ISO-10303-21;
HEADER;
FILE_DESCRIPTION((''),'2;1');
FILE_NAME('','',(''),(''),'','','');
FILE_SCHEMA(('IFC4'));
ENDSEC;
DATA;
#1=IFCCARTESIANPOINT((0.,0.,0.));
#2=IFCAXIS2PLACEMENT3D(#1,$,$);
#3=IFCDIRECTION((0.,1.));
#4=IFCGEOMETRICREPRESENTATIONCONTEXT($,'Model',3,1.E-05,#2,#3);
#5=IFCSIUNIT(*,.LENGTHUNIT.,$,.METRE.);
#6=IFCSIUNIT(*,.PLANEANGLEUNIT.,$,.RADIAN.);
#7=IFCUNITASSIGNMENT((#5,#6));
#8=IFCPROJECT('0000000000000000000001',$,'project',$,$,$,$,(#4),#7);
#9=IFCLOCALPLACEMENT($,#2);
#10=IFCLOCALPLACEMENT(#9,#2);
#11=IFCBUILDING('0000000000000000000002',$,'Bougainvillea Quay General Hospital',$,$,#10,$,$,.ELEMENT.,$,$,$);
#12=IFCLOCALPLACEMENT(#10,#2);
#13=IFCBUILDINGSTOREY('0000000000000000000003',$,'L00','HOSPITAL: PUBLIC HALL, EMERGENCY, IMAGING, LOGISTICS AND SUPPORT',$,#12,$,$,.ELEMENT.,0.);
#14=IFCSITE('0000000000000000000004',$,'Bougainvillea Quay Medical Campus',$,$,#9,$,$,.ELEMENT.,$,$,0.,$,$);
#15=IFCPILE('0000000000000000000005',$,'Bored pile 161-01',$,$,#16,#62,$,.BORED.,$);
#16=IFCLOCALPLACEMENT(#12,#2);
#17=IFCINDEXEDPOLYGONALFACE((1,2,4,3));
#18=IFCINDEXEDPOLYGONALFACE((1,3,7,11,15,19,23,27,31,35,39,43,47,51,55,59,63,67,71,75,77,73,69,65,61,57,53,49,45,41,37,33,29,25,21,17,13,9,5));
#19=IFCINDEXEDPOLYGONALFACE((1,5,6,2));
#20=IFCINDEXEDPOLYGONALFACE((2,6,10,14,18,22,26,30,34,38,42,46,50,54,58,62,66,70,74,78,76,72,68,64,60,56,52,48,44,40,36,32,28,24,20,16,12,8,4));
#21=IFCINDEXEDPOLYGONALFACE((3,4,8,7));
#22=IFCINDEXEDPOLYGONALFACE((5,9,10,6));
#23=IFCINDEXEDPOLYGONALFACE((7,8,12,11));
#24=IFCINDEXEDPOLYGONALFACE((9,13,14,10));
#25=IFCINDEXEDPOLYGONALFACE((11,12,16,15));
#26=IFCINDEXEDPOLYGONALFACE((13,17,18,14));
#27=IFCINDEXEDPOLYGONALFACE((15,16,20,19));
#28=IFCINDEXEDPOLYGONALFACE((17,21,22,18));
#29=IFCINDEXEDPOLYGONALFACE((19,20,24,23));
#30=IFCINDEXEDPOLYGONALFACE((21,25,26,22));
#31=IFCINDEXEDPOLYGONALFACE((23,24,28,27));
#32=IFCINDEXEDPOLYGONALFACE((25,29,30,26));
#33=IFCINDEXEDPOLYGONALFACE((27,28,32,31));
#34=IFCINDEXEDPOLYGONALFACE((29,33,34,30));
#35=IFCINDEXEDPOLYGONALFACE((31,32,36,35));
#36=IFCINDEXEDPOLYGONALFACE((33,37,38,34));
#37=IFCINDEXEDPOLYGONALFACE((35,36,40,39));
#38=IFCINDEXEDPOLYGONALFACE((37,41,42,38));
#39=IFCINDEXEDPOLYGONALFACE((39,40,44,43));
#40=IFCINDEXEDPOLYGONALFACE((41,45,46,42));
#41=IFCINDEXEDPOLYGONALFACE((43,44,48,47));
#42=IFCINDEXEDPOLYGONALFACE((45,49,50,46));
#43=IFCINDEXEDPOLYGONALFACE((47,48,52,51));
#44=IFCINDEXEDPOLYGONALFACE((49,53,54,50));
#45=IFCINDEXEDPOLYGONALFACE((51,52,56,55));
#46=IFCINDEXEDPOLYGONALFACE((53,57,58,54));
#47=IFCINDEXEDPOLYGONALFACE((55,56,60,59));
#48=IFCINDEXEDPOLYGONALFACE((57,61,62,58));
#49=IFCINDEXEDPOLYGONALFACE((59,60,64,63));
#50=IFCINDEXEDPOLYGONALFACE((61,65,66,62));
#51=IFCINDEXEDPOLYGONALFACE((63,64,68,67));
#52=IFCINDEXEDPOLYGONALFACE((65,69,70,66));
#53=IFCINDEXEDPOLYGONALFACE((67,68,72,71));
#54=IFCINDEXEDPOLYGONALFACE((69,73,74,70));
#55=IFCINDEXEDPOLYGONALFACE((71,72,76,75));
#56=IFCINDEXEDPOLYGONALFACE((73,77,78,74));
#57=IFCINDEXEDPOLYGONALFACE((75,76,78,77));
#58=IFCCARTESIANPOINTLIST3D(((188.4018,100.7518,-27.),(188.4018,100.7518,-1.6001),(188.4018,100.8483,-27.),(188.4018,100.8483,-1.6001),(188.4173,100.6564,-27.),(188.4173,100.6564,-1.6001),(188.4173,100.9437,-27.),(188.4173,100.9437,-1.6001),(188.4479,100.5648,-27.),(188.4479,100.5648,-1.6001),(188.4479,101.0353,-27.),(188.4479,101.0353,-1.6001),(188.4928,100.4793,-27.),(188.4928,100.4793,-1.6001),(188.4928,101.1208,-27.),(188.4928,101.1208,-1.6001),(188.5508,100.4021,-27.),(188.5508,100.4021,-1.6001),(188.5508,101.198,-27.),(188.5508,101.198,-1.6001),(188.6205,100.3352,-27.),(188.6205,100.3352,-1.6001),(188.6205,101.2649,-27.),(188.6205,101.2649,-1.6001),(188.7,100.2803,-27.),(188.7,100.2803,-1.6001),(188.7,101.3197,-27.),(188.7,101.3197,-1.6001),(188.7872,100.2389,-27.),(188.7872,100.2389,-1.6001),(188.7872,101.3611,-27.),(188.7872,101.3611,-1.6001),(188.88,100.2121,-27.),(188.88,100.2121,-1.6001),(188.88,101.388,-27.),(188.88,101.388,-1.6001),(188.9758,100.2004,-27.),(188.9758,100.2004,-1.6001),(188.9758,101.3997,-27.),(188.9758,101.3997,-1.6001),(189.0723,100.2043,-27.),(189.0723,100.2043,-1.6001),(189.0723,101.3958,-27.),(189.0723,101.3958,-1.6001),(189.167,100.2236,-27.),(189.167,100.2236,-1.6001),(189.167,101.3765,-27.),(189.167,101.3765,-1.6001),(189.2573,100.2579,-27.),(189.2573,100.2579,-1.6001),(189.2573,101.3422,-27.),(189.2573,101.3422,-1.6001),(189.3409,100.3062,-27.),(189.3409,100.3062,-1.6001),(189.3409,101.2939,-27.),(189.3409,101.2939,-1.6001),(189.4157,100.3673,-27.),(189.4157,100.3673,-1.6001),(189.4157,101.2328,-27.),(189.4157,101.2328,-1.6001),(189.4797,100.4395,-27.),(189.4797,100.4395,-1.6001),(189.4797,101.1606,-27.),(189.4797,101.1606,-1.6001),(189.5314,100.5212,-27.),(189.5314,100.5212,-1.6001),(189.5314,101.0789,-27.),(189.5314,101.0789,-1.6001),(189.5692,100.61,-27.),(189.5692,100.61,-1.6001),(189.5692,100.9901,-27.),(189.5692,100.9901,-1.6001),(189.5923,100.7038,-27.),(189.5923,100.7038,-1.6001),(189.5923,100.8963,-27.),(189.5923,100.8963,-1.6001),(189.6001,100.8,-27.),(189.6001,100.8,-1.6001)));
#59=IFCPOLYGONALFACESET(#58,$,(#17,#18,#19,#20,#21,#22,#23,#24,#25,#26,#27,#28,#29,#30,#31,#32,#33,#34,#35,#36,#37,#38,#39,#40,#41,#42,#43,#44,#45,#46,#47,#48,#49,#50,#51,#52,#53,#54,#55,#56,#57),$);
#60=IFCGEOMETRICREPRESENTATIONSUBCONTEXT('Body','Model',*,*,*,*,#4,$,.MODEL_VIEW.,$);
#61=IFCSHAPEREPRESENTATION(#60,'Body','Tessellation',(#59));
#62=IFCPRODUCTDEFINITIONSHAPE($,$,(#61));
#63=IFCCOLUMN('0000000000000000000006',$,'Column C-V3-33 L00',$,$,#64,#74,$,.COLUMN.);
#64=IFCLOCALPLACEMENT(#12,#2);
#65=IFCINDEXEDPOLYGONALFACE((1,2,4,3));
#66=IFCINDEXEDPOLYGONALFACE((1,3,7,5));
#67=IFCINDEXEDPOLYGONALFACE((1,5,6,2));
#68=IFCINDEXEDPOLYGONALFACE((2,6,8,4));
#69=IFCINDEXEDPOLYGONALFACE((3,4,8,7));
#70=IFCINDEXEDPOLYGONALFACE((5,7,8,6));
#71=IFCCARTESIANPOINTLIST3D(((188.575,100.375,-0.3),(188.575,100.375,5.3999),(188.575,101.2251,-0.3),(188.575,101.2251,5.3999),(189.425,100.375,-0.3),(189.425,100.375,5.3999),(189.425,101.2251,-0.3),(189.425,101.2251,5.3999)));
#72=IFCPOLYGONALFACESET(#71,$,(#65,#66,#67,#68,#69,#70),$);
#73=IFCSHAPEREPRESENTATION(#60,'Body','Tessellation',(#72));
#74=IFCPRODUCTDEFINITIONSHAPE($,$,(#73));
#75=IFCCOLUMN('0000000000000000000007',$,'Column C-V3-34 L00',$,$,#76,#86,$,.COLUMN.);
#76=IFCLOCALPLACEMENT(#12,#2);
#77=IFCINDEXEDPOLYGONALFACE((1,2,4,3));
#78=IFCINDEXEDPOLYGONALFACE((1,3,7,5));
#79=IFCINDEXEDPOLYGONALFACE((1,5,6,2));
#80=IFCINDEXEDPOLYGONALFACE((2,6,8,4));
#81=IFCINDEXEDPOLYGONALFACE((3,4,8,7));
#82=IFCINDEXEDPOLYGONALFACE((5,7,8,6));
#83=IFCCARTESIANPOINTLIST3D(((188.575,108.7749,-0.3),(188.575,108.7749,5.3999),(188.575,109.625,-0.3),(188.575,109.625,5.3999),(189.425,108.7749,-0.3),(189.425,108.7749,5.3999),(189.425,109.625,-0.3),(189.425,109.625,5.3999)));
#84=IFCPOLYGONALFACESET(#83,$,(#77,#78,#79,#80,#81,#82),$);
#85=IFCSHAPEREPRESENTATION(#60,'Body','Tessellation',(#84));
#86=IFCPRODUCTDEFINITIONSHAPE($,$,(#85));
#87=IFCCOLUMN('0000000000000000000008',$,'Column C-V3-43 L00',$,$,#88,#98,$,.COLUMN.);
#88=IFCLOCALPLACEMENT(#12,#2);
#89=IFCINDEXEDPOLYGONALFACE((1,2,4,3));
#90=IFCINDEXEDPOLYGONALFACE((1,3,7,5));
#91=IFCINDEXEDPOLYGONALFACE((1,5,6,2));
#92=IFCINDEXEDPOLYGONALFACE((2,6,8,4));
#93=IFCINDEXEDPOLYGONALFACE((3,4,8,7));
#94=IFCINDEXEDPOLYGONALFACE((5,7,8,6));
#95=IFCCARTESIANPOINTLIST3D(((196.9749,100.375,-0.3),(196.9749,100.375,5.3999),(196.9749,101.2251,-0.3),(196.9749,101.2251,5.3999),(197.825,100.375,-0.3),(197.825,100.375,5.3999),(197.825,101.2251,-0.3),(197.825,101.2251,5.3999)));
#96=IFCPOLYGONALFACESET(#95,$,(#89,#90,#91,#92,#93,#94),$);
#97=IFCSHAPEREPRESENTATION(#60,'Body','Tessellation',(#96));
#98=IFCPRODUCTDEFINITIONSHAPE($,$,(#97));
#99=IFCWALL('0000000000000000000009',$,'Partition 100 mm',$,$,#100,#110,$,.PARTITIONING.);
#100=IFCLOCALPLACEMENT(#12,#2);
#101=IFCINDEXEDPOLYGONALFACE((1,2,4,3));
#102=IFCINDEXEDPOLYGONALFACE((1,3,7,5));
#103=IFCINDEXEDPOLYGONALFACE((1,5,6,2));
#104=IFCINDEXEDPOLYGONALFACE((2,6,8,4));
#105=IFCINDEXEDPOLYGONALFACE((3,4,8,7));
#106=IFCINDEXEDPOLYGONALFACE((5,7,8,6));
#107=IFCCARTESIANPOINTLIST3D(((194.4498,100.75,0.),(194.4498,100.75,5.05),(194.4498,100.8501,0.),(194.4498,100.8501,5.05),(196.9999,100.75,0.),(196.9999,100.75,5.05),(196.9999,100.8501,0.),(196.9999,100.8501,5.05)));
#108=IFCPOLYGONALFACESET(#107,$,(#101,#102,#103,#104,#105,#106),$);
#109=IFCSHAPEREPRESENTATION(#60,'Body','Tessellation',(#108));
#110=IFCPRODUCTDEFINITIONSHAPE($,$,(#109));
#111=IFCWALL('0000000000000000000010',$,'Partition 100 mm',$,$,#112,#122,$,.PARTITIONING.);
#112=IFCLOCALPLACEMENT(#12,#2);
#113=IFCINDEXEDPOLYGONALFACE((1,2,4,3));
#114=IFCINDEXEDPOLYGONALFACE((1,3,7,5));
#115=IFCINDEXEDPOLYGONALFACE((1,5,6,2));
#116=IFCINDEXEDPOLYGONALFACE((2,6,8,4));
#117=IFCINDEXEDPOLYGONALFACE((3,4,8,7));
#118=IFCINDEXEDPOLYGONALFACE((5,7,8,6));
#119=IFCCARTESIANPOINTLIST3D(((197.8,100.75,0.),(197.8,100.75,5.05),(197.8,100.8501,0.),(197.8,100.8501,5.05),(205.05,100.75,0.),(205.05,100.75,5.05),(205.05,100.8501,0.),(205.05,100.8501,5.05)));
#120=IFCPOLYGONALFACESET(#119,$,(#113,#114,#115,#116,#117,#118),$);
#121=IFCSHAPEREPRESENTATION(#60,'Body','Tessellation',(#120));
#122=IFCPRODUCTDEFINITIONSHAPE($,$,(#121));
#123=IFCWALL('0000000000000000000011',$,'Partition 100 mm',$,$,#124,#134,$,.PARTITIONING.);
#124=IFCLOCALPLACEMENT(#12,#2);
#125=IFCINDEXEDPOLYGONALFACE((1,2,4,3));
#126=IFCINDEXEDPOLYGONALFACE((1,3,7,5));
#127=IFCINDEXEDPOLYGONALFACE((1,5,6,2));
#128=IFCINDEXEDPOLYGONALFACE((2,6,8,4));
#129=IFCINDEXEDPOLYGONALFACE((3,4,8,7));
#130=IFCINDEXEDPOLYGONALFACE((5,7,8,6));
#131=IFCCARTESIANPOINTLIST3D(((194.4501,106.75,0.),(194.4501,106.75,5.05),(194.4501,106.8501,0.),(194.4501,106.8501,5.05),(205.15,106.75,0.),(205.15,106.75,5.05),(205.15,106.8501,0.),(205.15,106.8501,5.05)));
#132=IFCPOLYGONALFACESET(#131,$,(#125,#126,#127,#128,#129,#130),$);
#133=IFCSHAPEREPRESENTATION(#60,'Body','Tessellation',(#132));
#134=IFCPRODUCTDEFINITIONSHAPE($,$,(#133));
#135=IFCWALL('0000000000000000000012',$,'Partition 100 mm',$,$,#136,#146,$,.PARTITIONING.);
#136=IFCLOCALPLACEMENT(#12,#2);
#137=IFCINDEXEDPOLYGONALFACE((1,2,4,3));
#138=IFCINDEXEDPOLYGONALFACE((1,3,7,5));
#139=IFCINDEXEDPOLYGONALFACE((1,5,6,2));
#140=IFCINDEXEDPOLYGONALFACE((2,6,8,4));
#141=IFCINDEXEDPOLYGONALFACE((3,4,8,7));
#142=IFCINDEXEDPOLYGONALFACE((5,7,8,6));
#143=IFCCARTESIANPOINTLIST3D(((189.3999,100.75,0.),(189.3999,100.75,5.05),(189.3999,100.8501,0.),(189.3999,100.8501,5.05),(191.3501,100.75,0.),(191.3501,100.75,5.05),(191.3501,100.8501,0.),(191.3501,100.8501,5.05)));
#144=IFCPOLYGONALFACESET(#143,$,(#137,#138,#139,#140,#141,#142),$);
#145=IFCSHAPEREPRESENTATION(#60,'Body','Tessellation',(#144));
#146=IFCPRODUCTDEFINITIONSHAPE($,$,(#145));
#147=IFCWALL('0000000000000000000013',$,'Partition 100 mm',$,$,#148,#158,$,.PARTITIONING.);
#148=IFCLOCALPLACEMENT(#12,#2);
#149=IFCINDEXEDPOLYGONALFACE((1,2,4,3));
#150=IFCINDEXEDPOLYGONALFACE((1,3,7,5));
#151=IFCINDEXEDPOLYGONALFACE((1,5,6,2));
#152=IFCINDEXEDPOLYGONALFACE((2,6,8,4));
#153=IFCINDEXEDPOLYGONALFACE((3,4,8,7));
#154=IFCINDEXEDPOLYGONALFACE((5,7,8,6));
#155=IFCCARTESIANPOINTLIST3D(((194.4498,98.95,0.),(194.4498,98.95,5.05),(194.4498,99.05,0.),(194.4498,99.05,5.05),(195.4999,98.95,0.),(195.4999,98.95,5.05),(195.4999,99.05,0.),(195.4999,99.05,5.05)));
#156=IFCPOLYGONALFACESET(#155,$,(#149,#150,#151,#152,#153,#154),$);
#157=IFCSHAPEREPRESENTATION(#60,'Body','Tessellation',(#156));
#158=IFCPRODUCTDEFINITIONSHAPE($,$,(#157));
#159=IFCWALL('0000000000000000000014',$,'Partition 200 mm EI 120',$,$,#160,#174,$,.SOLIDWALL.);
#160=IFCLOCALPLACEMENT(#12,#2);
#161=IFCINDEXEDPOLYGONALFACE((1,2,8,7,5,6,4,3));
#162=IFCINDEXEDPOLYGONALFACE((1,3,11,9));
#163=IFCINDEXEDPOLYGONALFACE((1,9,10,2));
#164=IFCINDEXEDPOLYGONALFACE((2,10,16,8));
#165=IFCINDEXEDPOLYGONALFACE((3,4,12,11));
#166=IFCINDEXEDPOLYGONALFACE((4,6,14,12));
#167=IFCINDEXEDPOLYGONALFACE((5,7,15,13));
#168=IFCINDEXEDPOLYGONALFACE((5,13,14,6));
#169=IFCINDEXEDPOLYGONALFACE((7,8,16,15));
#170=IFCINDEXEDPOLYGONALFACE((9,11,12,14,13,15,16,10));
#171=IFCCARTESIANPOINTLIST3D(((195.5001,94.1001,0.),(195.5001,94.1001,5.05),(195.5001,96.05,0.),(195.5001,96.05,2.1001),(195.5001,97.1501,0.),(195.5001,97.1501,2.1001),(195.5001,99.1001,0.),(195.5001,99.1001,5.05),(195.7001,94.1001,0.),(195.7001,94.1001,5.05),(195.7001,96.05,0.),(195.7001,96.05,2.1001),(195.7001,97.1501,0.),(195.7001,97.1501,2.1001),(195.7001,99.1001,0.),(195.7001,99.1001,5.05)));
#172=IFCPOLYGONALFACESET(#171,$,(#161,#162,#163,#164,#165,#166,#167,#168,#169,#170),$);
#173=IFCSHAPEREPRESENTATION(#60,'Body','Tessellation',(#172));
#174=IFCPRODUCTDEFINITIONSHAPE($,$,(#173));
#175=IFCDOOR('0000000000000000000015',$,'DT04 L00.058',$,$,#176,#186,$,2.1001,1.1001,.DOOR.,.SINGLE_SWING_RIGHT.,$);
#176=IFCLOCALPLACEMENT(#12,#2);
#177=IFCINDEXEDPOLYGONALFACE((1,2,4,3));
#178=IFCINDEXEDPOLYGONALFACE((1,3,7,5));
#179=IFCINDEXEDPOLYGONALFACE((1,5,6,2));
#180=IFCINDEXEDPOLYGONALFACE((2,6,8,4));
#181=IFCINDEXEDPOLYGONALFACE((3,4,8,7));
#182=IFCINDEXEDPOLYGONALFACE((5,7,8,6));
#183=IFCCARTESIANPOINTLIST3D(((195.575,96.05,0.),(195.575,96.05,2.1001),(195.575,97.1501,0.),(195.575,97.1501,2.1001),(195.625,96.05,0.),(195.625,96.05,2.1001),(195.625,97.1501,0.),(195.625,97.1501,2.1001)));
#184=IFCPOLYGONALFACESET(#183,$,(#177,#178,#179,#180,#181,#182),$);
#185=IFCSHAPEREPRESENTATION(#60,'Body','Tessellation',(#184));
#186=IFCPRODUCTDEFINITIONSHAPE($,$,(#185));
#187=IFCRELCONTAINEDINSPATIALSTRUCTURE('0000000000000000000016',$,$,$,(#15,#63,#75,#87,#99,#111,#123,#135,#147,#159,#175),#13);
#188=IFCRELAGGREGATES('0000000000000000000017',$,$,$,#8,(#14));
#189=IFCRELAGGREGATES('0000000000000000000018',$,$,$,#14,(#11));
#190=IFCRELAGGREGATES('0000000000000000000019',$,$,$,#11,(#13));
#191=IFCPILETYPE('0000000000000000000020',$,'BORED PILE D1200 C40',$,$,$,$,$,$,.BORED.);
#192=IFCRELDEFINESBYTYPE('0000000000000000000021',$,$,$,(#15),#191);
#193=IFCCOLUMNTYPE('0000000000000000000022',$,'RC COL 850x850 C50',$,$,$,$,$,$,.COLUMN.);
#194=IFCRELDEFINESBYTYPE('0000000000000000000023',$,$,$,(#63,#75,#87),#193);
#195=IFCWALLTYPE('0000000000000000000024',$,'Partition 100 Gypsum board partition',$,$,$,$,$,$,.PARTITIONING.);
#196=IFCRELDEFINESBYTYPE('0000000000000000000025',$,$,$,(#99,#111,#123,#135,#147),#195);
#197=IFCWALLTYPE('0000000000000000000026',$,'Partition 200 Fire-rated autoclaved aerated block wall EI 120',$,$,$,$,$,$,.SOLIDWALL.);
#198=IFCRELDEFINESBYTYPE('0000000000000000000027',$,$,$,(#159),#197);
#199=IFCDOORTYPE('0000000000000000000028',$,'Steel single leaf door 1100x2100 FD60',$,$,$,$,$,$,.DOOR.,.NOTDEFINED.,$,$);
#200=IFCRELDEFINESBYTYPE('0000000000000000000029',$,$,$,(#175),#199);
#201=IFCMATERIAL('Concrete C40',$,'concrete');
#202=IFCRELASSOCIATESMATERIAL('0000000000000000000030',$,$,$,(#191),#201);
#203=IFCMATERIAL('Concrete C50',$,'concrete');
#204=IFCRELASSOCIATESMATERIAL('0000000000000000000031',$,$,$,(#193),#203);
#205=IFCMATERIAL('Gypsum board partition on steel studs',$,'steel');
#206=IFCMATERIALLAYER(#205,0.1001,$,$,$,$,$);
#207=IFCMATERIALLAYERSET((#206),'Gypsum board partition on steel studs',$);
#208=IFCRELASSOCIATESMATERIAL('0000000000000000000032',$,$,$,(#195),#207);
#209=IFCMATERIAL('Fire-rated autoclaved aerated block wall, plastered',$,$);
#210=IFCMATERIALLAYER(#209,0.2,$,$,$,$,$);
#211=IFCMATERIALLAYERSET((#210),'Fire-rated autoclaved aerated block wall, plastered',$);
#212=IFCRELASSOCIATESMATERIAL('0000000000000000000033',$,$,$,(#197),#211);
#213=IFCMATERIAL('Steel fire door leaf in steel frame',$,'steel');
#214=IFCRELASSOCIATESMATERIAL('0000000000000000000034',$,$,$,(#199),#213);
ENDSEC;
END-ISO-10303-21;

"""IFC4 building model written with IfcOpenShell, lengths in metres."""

from ifc_helpers import new_model, si_unit, direction, frame, frame_2d, origin, origin_2d, place, context, subcontext, project, spatial, rectangle, circle, extrude, material, layer, layer_set, material_profile, profile_set, type_object, element, fill, save


model = new_model("IFC4")

# Units and contexts
model_context = context("Model", 3, precision=1e-05, world=origin(), true_north=direction((0.0, 1.0)))
body_context = subcontext(model_context, "Body", "Model", "MODEL_VIEW")
ifc_project = project(units=[si_unit("LENGTHUNIT", "METRE"), si_unit("PLANEANGLEUNIT", "RADIAN")], contexts=[model_context])

# Site, building, storey
site_placement = place(None, origin())
site = spatial("IfcSite", under=ifc_project, at=site_placement, Name="Bougainvillea Quay Medical Campus", CompositionType="ELEMENT", RefElevation=0.0)
building_placement = place(site_placement, origin())
building = spatial("IfcBuilding", under=site, at=building_placement, Name="Bougainvillea Quay General Hospital", CompositionType="ELEMENT")
storey_placement = place(building_placement, origin())
storey = spatial("IfcBuildingStorey", under=building, at=storey_placement, Name="L00", Description="HOSPITAL: PUBLIC HALL, EMERGENCY, IMAGING, LOGISTICS AND SUPPORT", CompositionType="ELEMENT", Elevation=0.0)

# Pile
ifc_material_1 = material(Name="Concrete C40", Category="concrete")
ifc_material_profile_1 = material_profile(ifc_material_1, circle(Radius=0.6001, at=origin_2d()))
ifc_profile_set_1 = profile_set([ifc_material_profile_1], Name="Concrete C40")
pile_type = type_object("IfcPileType", Name="BORED PILE D1200 C40", PredefinedType="BORED", material=ifc_profile_set_1)
pile_placement = place(storey_placement, frame((189.0, 100.8, -1.6001), z_axis=(0.0, 0.0, -1.0), x_axis=(1.0, 0.0, 0.0)))
element("IfcPile", 1, at=pile_placement, inside=storey, type_object=pile_type, Name="Bored pile 161-01", PredefinedType="BORED", context=body_context, shape_type="SweptSolid", body=[
    extrude(circle(Radius=0.6001, at=origin_2d()), origin(), (0.0, 0.0, 1.0), 25.3999),
])

# Columns
ifc_material_2 = material(Name="Concrete C50", Category="concrete")
ifc_material_profile_2 = material_profile(ifc_material_2, rectangle(XDim=0.8501, YDim=0.8501, at=origin_2d()))
ifc_profile_set_2 = profile_set([ifc_material_profile_2], Name="Concrete C50")
column_type = type_object("IfcColumnType", Name="RC COL 850x850 C50", PredefinedType="COLUMN", material=ifc_profile_set_2)
for number, where, z_axis, x_axis, name in (
    (2, (189.0, 100.8, -0.3), (0.0, 0.0, 1.0), (1.0, 0.0, 0.0), "Column C-V3-33 L00"),
    (3, (189.0, 109.2, -0.3), (0.0, 0.0, 1.0), (1.0, 0.0, 0.0), "Column C-V3-34 L00"),
    (4, (197.3999, 100.8, -0.3), (0.0, 0.0, 1.0), (1.0, 0.0, 0.0), "Column C-V3-43 L00"),
):
    element("IfcColumn", number, at=place(storey_placement, frame(where, z_axis=z_axis, x_axis=x_axis)), inside=storey, type_object=column_type, Name=name, PredefinedType="COLUMN", context=body_context, shape_type="SweptSolid", body=[
        extrude(rectangle(XDim=0.8501, YDim=0.8501, at=origin_2d()), origin(), (0.0, 0.0, 1.0), 5.7),
    ])

# Walls
ifc_material_3 = material(Name="Gypsum board partition on steel studs", Category="steel")
ifc_layer_1 = layer(ifc_material_3, 0.1001)
ifc_layer_set_1 = layer_set([ifc_layer_1], Name="Gypsum board partition on steel studs")
wall_type_1 = type_object("IfcWallType", Name="Partition 100 Gypsum board partition", PredefinedType="PARTITIONING", material=ifc_layer_set_1)
wall_1_placement = place(storey_placement, frame((194.45, 100.8, 0.0), z_axis=(0.0, 0.0, 1.0), x_axis=(1.0, 0.0, 0.0)))
element("IfcWall", 5, at=wall_1_placement, inside=storey, type_object=wall_type_1, Name="Partition 100 mm", PredefinedType="PARTITIONING", context=body_context, shape_type="SweptSolid", body=[
    extrude(rectangle(XDim=2.55, YDim=0.1001, at=frame_2d((1.2749, 0.0))), origin(), (0.0, 0.0, 1.0), 5.05),
])
wall_2_placement = place(storey_placement, frame((197.8, 100.8, 0.0), z_axis=(0.0, 0.0, 1.0), x_axis=(1.0, 0.0, 0.0)))
element("IfcWall", 6, at=wall_2_placement, inside=storey, type_object=wall_type_1, Name="Partition 100 mm", PredefinedType="PARTITIONING", context=body_context, shape_type="SweptSolid", body=[
    extrude(rectangle(XDim=7.25, YDim=0.1001, at=frame_2d((3.625, 0.0))), origin(), (0.0, 0.0, 1.0), 5.05),
])
wall_3_placement = place(storey_placement, frame((194.45, 106.8, 0.0), z_axis=(0.0, 0.0, 1.0), x_axis=(1.0, 0.0, 0.0)))
element("IfcWall", 7, at=wall_3_placement, inside=storey, type_object=wall_type_1, Name="Partition 100 mm", PredefinedType="PARTITIONING", context=body_context, shape_type="SweptSolid", body=[
    extrude(rectangle(XDim=10.7, YDim=0.1001, at=frame_2d((5.3501, 0.0))), origin(), (0.0, 0.0, 1.0), 5.05),
])
wall_4_placement = place(storey_placement, frame((189.3999, 100.8, 0.0), z_axis=(0.0, 0.0, 1.0), x_axis=(1.0, 0.0, 0.0)))
element("IfcWall", 8, at=wall_4_placement, inside=storey, type_object=wall_type_1, Name="Partition 100 mm", PredefinedType="PARTITIONING", context=body_context, shape_type="SweptSolid", body=[
    extrude(rectangle(XDim=1.9502, YDim=0.1001, at=frame_2d((0.9751, 0.0))), origin(), (0.0, 0.0, 1.0), 5.05),
])
wall_5_placement = place(storey_placement, frame((194.45, 99.0, 0.0), z_axis=(0.0, 0.0, 1.0), x_axis=(1.0, 0.0, 0.0)))
element("IfcWall", 9, at=wall_5_placement, inside=storey, type_object=wall_type_1, Name="Partition 100 mm", PredefinedType="PARTITIONING", context=body_context, shape_type="SweptSolid", body=[
    extrude(rectangle(XDim=1.05, YDim=0.1001, at=frame_2d((0.5249, 0.0))), origin(), (0.0, 0.0, 1.0), 5.05),
])

# Wall, opening, door
ifc_material_4 = material(Name="Fire-rated autoclaved aerated block wall, plastered")
ifc_layer_2 = layer(ifc_material_4, 0.2)
ifc_layer_set_2 = layer_set([ifc_layer_2], Name="Fire-rated autoclaved aerated block wall, plastered")
wall_type_2 = type_object("IfcWallType", Name="Partition 200 Fire-rated autoclaved aerated block wall EI 120", PredefinedType="SOLIDWALL", material=ifc_layer_set_2)
wall_6_placement = place(storey_placement, frame((195.6001, 94.1001, 0.0), z_axis=(0.0, 0.0, 1.0), x_axis=(0.0, 1.0, 0.0)))
wall_6 = element("IfcWall", 10, at=wall_6_placement, inside=storey, type_object=wall_type_2, Name="Partition 200 mm EI 120", PredefinedType="SOLIDWALL", context=body_context, shape_type="SweptSolid", body=[
    extrude(rectangle(XDim=5.0, YDim=0.2, at=frame_2d((2.5, 0.0))), origin(), (0.0, 0.0, 1.0), 5.05),
])
opening_1_placement = place(wall_6_placement, frame((1.95, 0.0, 0.0)))
opening_1 = element("IfcOpeningElement", 11, at=opening_1_placement, cuts=wall_6, PredefinedType="OPENING", context=body_context, shape_type="SweptSolid", body=[
    extrude(rectangle(XDim=1.1001, YDim=2.1001, at=frame_2d((0.55, 1.05))), frame((0.0, 0.1099, 0.0), z_axis=(0.0, -1.0, 0.0), x_axis=(1.0, 0.0, 0.0)), (0.0, 0.0, 1.0), 0.22),
])
ifc_material_5 = material(Name="Steel fire door leaf in steel frame", Category="steel")
door_type_1 = type_object("IfcDoorType", Name="Steel single leaf door 1100x2100 FD60", OperationType="NOTDEFINED", PredefinedType="DOOR", material=ifc_material_5)
door_1_placement = place(opening_1_placement, frame((1.1001, 0.0, 0.0), z_axis=(0.0, 0.0, 1.0), x_axis=(-1.0, 0.0, 0.0)))
door_1 = element("IfcDoor", 12, at=door_1_placement, inside=storey, type_object=door_type_1, Name="DT04 L00.058", OperationType="SINGLE_SWING_RIGHT", OverallHeight=2.1001, OverallWidth=1.1001, PredefinedType="DOOR", context=body_context, shape_type="SweptSolid", body=[
    extrude(rectangle(XDim=1.1001, YDim=2.1001, at=frame_2d((0.55, 1.05))), frame((0.0, 0.0249, 0.0), z_axis=(0.0, -1.0, 0.0), x_axis=(1.0, 0.0, 0.0)), (0.0, 0.0, 1.0), 0.05),
])
fill(opening_1, door_1)

save(model, "model.ifc")
